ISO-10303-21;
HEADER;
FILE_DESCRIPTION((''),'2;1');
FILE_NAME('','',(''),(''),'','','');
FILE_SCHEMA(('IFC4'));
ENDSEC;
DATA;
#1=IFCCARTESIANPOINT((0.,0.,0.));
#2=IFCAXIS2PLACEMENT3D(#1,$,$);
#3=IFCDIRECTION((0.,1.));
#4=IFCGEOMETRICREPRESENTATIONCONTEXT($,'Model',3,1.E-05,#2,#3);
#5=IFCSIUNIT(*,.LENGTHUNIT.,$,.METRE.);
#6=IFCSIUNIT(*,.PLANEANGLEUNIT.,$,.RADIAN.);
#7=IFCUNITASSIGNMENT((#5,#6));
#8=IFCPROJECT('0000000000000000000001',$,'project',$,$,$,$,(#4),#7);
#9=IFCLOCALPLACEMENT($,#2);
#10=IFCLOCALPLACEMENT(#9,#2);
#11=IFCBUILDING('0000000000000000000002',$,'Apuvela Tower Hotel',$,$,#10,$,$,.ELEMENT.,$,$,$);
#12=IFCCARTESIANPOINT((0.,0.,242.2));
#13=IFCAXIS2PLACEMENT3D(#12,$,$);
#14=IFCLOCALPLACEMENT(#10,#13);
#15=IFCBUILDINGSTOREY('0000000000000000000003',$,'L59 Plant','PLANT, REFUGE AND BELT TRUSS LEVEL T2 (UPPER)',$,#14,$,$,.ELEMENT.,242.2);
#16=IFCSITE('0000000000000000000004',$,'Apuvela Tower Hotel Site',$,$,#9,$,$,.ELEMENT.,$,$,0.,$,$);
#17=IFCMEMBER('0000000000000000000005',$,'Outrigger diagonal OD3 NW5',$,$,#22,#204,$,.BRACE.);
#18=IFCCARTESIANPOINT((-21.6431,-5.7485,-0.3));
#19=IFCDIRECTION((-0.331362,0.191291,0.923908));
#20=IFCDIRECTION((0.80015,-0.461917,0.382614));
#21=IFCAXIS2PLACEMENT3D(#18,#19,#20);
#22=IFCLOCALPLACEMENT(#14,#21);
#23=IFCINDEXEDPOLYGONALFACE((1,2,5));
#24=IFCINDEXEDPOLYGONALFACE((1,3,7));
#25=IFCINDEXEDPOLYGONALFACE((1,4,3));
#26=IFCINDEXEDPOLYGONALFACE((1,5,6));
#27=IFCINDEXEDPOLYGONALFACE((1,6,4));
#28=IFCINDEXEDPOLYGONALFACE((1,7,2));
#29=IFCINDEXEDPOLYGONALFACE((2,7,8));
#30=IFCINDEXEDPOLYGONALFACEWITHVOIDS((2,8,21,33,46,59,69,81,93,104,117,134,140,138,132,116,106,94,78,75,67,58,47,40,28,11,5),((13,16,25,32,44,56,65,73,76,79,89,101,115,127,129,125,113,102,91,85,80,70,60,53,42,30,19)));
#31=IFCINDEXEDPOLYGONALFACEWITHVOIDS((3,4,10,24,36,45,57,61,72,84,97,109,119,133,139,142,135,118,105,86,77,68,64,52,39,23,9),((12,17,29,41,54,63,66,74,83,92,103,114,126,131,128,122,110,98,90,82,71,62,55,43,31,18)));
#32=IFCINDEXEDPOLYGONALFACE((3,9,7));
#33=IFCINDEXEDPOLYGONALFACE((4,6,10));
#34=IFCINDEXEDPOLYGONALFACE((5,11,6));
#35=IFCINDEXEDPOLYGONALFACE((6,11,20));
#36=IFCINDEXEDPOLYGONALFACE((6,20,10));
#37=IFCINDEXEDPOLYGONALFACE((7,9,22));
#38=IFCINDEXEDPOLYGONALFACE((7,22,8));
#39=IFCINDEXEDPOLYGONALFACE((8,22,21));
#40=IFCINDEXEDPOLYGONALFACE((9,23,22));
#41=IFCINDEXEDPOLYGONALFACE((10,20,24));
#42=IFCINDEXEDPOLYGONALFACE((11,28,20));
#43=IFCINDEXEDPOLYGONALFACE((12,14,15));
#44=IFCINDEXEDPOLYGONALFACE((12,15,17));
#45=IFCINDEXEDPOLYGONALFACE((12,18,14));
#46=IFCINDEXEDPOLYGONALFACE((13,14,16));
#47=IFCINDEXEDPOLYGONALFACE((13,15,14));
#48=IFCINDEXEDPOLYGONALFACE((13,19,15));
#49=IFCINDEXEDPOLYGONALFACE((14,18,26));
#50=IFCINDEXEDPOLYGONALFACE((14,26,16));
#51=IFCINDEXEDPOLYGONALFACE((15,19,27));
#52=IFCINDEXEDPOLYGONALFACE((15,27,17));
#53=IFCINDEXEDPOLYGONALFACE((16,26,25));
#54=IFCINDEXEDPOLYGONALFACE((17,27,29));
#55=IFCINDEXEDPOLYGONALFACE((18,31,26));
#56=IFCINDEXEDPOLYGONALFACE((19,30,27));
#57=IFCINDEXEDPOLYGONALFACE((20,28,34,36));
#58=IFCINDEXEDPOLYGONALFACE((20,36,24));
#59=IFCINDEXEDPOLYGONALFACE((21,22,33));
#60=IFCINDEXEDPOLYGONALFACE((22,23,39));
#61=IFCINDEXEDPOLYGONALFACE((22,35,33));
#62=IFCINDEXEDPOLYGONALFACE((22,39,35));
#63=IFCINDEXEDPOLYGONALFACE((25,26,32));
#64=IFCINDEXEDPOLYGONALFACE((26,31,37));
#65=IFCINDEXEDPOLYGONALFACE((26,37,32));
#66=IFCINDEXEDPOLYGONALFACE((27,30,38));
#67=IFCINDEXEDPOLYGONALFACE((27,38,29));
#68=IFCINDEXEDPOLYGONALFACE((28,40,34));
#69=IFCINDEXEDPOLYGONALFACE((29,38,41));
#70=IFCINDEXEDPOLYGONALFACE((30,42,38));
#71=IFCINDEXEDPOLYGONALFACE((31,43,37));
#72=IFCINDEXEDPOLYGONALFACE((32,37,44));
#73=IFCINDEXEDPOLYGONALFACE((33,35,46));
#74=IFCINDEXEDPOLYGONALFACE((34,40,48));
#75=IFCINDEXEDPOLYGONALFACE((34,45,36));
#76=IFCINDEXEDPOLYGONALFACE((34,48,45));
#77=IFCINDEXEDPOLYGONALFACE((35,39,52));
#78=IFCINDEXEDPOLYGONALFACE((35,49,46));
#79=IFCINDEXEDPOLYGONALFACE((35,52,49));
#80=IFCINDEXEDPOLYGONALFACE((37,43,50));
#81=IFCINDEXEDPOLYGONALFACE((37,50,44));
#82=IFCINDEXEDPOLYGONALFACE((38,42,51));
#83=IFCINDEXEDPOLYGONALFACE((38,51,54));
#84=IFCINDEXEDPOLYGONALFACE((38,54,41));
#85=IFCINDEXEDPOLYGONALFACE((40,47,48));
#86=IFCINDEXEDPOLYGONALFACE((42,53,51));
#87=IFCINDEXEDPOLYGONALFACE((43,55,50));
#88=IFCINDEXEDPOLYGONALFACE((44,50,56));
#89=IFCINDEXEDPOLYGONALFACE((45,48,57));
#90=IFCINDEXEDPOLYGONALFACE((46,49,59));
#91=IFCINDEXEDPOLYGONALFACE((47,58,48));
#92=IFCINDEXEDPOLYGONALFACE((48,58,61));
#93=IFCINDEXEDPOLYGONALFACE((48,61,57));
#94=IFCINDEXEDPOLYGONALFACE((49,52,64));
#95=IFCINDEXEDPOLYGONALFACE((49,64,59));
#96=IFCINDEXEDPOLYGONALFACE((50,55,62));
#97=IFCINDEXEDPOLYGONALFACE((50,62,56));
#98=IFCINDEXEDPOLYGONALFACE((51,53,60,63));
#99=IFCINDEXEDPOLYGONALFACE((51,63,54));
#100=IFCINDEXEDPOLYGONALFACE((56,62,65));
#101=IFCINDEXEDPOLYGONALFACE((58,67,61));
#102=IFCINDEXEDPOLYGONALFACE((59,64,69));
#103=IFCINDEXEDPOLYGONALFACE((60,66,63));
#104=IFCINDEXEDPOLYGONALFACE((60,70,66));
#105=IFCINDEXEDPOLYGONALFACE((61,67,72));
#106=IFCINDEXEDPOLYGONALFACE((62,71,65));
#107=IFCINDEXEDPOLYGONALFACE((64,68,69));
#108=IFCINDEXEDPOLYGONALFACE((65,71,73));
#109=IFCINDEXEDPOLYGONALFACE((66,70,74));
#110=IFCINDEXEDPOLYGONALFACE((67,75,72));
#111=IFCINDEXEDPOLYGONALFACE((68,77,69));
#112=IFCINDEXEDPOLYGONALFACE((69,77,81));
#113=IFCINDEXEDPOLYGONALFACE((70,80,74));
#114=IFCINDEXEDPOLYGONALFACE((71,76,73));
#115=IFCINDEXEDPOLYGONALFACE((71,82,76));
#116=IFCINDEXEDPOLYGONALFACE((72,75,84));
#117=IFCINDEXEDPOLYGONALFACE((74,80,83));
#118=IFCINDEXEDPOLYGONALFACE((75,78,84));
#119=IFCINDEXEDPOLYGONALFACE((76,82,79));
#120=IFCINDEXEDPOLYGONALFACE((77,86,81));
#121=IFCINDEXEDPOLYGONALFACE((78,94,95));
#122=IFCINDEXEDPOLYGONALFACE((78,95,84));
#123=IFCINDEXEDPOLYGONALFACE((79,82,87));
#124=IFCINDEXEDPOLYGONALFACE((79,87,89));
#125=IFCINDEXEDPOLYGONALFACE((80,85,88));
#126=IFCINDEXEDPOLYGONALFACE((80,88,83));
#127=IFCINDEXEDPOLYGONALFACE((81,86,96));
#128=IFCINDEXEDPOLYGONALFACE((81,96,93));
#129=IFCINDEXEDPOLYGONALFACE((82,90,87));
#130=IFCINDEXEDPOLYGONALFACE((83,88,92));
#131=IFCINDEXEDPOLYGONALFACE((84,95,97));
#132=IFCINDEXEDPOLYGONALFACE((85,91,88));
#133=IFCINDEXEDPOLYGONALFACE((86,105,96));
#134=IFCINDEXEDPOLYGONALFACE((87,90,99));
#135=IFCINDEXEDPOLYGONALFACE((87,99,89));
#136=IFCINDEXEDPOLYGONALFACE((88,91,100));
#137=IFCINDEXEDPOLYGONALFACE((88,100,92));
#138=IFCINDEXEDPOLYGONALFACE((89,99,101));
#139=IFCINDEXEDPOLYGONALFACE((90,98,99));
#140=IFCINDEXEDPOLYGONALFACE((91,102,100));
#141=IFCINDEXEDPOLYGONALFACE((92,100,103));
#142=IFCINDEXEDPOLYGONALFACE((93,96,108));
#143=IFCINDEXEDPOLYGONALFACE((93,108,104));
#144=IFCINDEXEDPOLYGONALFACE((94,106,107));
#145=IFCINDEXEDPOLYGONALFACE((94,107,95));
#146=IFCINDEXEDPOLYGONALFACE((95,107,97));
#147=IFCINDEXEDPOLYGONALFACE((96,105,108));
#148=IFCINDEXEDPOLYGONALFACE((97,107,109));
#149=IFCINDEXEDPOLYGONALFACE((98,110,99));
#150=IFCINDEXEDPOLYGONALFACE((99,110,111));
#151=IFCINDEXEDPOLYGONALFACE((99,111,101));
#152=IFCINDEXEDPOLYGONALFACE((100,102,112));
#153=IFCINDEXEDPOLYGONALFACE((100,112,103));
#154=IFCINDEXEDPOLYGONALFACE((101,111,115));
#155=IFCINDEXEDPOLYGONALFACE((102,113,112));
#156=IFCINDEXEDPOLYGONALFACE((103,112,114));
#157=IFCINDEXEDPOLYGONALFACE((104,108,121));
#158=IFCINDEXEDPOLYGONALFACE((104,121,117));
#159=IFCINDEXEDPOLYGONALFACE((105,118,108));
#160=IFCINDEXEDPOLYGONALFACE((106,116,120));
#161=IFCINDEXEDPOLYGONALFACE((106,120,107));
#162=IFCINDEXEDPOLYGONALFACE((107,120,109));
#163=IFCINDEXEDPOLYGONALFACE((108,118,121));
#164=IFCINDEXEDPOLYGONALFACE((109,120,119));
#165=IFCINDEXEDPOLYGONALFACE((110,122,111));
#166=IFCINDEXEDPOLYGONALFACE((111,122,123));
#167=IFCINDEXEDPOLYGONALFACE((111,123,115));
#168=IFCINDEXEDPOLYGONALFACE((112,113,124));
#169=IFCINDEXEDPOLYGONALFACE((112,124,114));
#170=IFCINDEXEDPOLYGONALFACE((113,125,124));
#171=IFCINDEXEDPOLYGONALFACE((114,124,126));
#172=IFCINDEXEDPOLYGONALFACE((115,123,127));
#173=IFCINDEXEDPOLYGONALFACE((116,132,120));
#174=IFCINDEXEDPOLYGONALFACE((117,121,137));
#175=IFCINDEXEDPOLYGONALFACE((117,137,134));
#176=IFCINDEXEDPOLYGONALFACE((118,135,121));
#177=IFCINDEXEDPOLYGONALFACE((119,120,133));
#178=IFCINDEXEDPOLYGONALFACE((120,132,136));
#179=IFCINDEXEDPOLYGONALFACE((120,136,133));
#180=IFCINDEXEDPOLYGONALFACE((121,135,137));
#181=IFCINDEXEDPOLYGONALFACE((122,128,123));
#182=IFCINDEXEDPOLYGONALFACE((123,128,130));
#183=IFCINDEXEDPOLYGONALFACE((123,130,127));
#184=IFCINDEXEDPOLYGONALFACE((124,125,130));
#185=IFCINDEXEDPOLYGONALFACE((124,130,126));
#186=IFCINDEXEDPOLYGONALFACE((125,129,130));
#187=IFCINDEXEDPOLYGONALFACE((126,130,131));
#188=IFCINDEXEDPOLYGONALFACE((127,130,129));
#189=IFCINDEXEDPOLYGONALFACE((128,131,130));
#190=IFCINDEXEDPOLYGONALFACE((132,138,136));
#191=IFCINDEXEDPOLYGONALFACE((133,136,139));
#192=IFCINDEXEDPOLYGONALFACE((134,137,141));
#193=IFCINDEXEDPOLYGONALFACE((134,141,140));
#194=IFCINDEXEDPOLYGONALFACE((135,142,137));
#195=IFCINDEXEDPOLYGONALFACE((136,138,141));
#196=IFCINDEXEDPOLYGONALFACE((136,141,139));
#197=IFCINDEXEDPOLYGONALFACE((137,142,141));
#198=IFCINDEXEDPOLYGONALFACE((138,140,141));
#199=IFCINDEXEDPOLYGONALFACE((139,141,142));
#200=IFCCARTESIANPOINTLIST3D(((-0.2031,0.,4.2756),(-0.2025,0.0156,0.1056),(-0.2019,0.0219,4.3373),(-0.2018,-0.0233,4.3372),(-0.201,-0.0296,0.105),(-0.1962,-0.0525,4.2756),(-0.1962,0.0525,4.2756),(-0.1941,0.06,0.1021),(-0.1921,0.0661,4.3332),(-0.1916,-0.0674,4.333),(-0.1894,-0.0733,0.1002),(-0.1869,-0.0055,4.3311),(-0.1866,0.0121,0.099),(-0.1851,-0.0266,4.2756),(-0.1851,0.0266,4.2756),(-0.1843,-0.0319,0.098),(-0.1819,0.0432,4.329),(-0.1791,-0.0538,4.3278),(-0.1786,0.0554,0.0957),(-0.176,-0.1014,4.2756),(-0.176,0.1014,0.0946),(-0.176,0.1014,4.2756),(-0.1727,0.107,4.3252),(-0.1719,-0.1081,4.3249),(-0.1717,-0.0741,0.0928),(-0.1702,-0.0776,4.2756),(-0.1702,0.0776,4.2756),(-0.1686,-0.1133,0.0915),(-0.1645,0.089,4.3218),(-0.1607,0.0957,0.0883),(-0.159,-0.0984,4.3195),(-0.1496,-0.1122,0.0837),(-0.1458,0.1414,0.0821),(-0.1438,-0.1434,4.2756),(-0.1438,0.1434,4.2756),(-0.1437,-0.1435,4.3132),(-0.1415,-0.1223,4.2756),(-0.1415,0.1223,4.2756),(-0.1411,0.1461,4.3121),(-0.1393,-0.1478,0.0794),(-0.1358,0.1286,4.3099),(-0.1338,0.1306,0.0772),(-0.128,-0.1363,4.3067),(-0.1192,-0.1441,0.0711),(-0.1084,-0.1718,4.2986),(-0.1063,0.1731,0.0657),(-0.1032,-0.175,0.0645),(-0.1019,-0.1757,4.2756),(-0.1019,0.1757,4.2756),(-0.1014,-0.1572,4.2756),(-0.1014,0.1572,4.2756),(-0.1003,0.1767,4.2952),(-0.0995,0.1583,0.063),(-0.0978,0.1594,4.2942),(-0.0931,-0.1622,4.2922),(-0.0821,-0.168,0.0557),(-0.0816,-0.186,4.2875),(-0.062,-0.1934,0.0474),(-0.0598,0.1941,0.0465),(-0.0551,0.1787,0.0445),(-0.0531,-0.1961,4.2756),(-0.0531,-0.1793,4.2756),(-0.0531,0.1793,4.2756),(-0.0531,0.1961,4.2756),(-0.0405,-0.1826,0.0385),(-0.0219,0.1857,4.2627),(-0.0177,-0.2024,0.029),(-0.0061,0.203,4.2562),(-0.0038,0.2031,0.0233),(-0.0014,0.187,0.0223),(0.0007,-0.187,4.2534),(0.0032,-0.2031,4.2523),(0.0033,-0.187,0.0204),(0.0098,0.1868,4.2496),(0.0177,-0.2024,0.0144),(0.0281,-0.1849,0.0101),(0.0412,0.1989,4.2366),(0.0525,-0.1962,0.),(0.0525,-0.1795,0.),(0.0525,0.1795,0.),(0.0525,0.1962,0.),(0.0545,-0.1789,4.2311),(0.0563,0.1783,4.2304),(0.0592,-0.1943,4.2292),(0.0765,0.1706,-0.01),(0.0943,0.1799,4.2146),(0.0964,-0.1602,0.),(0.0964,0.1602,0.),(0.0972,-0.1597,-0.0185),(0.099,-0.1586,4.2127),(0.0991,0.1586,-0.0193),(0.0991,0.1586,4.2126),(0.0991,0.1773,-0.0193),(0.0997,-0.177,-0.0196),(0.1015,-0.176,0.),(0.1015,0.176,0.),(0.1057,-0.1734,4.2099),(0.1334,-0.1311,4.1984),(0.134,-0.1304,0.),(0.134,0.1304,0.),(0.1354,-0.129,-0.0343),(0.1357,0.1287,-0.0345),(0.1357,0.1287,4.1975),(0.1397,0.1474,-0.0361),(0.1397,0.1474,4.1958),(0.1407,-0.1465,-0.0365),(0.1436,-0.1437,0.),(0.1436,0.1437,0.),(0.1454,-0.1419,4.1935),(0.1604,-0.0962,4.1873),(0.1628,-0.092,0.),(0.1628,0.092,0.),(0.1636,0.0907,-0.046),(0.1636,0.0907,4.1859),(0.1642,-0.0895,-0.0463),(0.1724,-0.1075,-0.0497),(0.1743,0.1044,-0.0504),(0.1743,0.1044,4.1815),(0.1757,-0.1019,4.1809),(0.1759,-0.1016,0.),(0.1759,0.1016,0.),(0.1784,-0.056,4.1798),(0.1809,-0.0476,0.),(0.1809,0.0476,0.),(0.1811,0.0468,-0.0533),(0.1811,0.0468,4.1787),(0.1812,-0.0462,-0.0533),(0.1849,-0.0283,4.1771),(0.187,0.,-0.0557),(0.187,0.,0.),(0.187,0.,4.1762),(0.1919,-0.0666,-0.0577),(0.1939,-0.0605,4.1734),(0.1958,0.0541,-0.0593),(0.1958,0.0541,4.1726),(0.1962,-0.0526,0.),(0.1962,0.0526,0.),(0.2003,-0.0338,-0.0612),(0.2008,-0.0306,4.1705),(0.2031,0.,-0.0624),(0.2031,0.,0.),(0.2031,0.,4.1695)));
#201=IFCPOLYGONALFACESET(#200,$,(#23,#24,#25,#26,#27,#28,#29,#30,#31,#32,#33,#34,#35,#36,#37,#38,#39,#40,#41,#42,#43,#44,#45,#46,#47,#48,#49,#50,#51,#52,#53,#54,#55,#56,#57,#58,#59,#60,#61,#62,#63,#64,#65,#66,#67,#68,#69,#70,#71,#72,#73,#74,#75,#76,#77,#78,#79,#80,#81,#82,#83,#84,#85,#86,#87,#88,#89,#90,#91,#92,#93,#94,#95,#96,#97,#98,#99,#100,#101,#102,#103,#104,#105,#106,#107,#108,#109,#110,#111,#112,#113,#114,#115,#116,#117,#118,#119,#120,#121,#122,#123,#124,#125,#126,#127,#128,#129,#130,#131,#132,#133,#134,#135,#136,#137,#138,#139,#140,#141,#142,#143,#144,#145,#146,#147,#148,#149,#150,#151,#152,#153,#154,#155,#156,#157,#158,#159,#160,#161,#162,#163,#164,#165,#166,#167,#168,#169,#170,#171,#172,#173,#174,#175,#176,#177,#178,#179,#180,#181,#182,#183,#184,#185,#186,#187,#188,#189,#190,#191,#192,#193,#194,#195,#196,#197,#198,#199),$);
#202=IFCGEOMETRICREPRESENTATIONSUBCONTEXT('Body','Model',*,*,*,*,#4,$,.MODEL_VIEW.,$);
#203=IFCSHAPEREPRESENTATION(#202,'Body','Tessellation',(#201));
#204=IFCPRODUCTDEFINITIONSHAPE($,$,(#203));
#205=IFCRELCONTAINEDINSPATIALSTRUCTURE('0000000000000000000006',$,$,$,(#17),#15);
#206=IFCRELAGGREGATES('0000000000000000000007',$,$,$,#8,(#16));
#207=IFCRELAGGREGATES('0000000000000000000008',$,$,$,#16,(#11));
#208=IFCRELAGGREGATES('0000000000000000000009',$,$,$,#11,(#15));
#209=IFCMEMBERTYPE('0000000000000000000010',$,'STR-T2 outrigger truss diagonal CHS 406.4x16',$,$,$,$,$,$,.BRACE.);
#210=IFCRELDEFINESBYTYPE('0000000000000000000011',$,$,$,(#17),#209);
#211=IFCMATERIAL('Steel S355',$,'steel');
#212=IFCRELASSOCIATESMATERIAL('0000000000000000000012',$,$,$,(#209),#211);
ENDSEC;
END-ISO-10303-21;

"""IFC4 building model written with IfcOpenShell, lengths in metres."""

from ifc_helpers import new_model, si_unit, direction, frame, origin, origin_2d, place, context, subcontext, project, spatial, hollow_circle, extrude, boolean, halfspace, material, material_profile, profile_set, type_object, element, save


model = new_model("IFC4")

# Units and contexts
model_context = context("Model", 3, precision=1e-05, world=origin(), true_north=direction((0.0, 1.0)))
body_context = subcontext(model_context, "Body", "Model", "MODEL_VIEW")
ifc_project = project(units=[si_unit("LENGTHUNIT", "METRE"), si_unit("PLANEANGLEUNIT", "RADIAN")], contexts=[model_context])

# Site, building, storey
site_placement = place(None, origin())
site = spatial("IfcSite", under=ifc_project, at=site_placement, Name="Apuvela Tower Hotel Site", CompositionType="ELEMENT", RefElevation=0.0)
building_placement = place(site_placement, origin())
building = spatial("IfcBuilding", under=site, at=building_placement, Name="Apuvela Tower Hotel", CompositionType="ELEMENT")
storey_placement = place(building_placement, frame((0.0, 0.0, 242.2)))
storey = spatial("IfcBuildingStorey", under=building, at=storey_placement, Name="L59 Plant", Description="PLANT, REFUGE AND BELT TRUSS LEVEL T2 (UPPER)", CompositionType="ELEMENT", Elevation=242.2)

# Shared definitions
ifc_material_1 = material(Name="Steel S355", Category="steel")

# Member
ifc_material_profile_1 = material_profile(ifc_material_1, hollow_circle(Radius=0.2031, WallThickness=0.0161, at=origin_2d()), Name="CHS 406.4x16")
ifc_profile_set_1 = profile_set([ifc_material_profile_1], Name="Steel S355")
member_type = type_object("IfcMemberType", Name="STR-T2 outrigger truss diagonal CHS 406.4x16", PredefinedType="BRACE", material=ifc_profile_set_1)
member_placement = place(storey_placement, frame((-21.6431, -5.7485, -0.3), z_axis=(-0.331362, 0.191291, 0.923908), x_axis=(0.80015, -0.461917, 0.382614)))
solid = boolean("DIFFERENCE", boolean("DIFFERENCE", extrude(hollow_circle(Radius=0.2031, WallThickness=0.0161, at=origin_2d()), frame((0.0, 0.0, -0.2041)), (0.0, 0.0, 1.0), 4.6838), halfspace(frame((0.0, 0.0, 0.0217), z_axis=(0.382614, 0.0, 0.923908), x_axis=(0.923908, 0.0, -0.382614)), True)), halfspace(frame((0.0, 0.0, 4.2537), z_axis=(0.382614, 0.0, 0.923908), x_axis=(0.923908, 0.0, -0.382614)), False))
element("IfcMember", 1, at=member_placement, inside=storey, type_object=member_type, Name="Outrigger diagonal OD3 NW5", PredefinedType="BRACE", context=body_context, shape_type="SweptSolid", body=[
    boolean("UNION", boolean("DIFFERENCE", boolean("DIFFERENCE", extrude(hollow_circle(Radius=0.2031, WallThickness=0.0161, at=origin_2d()), origin(), (0.0, 0.0, 1.0), 4.2756), halfspace(frame((0.0, 0.0, 0.0217), z_axis=(0.382614, 0.0, 0.923908), x_axis=(0.923908, 0.0, -0.382614)), True)), halfspace(frame((0.0, 0.0, 4.2537), z_axis=(0.382614, 0.0, 0.923908), x_axis=(0.923908, 0.0, -0.382614)), False)), solid),
])

save(model, "model.ifc")
